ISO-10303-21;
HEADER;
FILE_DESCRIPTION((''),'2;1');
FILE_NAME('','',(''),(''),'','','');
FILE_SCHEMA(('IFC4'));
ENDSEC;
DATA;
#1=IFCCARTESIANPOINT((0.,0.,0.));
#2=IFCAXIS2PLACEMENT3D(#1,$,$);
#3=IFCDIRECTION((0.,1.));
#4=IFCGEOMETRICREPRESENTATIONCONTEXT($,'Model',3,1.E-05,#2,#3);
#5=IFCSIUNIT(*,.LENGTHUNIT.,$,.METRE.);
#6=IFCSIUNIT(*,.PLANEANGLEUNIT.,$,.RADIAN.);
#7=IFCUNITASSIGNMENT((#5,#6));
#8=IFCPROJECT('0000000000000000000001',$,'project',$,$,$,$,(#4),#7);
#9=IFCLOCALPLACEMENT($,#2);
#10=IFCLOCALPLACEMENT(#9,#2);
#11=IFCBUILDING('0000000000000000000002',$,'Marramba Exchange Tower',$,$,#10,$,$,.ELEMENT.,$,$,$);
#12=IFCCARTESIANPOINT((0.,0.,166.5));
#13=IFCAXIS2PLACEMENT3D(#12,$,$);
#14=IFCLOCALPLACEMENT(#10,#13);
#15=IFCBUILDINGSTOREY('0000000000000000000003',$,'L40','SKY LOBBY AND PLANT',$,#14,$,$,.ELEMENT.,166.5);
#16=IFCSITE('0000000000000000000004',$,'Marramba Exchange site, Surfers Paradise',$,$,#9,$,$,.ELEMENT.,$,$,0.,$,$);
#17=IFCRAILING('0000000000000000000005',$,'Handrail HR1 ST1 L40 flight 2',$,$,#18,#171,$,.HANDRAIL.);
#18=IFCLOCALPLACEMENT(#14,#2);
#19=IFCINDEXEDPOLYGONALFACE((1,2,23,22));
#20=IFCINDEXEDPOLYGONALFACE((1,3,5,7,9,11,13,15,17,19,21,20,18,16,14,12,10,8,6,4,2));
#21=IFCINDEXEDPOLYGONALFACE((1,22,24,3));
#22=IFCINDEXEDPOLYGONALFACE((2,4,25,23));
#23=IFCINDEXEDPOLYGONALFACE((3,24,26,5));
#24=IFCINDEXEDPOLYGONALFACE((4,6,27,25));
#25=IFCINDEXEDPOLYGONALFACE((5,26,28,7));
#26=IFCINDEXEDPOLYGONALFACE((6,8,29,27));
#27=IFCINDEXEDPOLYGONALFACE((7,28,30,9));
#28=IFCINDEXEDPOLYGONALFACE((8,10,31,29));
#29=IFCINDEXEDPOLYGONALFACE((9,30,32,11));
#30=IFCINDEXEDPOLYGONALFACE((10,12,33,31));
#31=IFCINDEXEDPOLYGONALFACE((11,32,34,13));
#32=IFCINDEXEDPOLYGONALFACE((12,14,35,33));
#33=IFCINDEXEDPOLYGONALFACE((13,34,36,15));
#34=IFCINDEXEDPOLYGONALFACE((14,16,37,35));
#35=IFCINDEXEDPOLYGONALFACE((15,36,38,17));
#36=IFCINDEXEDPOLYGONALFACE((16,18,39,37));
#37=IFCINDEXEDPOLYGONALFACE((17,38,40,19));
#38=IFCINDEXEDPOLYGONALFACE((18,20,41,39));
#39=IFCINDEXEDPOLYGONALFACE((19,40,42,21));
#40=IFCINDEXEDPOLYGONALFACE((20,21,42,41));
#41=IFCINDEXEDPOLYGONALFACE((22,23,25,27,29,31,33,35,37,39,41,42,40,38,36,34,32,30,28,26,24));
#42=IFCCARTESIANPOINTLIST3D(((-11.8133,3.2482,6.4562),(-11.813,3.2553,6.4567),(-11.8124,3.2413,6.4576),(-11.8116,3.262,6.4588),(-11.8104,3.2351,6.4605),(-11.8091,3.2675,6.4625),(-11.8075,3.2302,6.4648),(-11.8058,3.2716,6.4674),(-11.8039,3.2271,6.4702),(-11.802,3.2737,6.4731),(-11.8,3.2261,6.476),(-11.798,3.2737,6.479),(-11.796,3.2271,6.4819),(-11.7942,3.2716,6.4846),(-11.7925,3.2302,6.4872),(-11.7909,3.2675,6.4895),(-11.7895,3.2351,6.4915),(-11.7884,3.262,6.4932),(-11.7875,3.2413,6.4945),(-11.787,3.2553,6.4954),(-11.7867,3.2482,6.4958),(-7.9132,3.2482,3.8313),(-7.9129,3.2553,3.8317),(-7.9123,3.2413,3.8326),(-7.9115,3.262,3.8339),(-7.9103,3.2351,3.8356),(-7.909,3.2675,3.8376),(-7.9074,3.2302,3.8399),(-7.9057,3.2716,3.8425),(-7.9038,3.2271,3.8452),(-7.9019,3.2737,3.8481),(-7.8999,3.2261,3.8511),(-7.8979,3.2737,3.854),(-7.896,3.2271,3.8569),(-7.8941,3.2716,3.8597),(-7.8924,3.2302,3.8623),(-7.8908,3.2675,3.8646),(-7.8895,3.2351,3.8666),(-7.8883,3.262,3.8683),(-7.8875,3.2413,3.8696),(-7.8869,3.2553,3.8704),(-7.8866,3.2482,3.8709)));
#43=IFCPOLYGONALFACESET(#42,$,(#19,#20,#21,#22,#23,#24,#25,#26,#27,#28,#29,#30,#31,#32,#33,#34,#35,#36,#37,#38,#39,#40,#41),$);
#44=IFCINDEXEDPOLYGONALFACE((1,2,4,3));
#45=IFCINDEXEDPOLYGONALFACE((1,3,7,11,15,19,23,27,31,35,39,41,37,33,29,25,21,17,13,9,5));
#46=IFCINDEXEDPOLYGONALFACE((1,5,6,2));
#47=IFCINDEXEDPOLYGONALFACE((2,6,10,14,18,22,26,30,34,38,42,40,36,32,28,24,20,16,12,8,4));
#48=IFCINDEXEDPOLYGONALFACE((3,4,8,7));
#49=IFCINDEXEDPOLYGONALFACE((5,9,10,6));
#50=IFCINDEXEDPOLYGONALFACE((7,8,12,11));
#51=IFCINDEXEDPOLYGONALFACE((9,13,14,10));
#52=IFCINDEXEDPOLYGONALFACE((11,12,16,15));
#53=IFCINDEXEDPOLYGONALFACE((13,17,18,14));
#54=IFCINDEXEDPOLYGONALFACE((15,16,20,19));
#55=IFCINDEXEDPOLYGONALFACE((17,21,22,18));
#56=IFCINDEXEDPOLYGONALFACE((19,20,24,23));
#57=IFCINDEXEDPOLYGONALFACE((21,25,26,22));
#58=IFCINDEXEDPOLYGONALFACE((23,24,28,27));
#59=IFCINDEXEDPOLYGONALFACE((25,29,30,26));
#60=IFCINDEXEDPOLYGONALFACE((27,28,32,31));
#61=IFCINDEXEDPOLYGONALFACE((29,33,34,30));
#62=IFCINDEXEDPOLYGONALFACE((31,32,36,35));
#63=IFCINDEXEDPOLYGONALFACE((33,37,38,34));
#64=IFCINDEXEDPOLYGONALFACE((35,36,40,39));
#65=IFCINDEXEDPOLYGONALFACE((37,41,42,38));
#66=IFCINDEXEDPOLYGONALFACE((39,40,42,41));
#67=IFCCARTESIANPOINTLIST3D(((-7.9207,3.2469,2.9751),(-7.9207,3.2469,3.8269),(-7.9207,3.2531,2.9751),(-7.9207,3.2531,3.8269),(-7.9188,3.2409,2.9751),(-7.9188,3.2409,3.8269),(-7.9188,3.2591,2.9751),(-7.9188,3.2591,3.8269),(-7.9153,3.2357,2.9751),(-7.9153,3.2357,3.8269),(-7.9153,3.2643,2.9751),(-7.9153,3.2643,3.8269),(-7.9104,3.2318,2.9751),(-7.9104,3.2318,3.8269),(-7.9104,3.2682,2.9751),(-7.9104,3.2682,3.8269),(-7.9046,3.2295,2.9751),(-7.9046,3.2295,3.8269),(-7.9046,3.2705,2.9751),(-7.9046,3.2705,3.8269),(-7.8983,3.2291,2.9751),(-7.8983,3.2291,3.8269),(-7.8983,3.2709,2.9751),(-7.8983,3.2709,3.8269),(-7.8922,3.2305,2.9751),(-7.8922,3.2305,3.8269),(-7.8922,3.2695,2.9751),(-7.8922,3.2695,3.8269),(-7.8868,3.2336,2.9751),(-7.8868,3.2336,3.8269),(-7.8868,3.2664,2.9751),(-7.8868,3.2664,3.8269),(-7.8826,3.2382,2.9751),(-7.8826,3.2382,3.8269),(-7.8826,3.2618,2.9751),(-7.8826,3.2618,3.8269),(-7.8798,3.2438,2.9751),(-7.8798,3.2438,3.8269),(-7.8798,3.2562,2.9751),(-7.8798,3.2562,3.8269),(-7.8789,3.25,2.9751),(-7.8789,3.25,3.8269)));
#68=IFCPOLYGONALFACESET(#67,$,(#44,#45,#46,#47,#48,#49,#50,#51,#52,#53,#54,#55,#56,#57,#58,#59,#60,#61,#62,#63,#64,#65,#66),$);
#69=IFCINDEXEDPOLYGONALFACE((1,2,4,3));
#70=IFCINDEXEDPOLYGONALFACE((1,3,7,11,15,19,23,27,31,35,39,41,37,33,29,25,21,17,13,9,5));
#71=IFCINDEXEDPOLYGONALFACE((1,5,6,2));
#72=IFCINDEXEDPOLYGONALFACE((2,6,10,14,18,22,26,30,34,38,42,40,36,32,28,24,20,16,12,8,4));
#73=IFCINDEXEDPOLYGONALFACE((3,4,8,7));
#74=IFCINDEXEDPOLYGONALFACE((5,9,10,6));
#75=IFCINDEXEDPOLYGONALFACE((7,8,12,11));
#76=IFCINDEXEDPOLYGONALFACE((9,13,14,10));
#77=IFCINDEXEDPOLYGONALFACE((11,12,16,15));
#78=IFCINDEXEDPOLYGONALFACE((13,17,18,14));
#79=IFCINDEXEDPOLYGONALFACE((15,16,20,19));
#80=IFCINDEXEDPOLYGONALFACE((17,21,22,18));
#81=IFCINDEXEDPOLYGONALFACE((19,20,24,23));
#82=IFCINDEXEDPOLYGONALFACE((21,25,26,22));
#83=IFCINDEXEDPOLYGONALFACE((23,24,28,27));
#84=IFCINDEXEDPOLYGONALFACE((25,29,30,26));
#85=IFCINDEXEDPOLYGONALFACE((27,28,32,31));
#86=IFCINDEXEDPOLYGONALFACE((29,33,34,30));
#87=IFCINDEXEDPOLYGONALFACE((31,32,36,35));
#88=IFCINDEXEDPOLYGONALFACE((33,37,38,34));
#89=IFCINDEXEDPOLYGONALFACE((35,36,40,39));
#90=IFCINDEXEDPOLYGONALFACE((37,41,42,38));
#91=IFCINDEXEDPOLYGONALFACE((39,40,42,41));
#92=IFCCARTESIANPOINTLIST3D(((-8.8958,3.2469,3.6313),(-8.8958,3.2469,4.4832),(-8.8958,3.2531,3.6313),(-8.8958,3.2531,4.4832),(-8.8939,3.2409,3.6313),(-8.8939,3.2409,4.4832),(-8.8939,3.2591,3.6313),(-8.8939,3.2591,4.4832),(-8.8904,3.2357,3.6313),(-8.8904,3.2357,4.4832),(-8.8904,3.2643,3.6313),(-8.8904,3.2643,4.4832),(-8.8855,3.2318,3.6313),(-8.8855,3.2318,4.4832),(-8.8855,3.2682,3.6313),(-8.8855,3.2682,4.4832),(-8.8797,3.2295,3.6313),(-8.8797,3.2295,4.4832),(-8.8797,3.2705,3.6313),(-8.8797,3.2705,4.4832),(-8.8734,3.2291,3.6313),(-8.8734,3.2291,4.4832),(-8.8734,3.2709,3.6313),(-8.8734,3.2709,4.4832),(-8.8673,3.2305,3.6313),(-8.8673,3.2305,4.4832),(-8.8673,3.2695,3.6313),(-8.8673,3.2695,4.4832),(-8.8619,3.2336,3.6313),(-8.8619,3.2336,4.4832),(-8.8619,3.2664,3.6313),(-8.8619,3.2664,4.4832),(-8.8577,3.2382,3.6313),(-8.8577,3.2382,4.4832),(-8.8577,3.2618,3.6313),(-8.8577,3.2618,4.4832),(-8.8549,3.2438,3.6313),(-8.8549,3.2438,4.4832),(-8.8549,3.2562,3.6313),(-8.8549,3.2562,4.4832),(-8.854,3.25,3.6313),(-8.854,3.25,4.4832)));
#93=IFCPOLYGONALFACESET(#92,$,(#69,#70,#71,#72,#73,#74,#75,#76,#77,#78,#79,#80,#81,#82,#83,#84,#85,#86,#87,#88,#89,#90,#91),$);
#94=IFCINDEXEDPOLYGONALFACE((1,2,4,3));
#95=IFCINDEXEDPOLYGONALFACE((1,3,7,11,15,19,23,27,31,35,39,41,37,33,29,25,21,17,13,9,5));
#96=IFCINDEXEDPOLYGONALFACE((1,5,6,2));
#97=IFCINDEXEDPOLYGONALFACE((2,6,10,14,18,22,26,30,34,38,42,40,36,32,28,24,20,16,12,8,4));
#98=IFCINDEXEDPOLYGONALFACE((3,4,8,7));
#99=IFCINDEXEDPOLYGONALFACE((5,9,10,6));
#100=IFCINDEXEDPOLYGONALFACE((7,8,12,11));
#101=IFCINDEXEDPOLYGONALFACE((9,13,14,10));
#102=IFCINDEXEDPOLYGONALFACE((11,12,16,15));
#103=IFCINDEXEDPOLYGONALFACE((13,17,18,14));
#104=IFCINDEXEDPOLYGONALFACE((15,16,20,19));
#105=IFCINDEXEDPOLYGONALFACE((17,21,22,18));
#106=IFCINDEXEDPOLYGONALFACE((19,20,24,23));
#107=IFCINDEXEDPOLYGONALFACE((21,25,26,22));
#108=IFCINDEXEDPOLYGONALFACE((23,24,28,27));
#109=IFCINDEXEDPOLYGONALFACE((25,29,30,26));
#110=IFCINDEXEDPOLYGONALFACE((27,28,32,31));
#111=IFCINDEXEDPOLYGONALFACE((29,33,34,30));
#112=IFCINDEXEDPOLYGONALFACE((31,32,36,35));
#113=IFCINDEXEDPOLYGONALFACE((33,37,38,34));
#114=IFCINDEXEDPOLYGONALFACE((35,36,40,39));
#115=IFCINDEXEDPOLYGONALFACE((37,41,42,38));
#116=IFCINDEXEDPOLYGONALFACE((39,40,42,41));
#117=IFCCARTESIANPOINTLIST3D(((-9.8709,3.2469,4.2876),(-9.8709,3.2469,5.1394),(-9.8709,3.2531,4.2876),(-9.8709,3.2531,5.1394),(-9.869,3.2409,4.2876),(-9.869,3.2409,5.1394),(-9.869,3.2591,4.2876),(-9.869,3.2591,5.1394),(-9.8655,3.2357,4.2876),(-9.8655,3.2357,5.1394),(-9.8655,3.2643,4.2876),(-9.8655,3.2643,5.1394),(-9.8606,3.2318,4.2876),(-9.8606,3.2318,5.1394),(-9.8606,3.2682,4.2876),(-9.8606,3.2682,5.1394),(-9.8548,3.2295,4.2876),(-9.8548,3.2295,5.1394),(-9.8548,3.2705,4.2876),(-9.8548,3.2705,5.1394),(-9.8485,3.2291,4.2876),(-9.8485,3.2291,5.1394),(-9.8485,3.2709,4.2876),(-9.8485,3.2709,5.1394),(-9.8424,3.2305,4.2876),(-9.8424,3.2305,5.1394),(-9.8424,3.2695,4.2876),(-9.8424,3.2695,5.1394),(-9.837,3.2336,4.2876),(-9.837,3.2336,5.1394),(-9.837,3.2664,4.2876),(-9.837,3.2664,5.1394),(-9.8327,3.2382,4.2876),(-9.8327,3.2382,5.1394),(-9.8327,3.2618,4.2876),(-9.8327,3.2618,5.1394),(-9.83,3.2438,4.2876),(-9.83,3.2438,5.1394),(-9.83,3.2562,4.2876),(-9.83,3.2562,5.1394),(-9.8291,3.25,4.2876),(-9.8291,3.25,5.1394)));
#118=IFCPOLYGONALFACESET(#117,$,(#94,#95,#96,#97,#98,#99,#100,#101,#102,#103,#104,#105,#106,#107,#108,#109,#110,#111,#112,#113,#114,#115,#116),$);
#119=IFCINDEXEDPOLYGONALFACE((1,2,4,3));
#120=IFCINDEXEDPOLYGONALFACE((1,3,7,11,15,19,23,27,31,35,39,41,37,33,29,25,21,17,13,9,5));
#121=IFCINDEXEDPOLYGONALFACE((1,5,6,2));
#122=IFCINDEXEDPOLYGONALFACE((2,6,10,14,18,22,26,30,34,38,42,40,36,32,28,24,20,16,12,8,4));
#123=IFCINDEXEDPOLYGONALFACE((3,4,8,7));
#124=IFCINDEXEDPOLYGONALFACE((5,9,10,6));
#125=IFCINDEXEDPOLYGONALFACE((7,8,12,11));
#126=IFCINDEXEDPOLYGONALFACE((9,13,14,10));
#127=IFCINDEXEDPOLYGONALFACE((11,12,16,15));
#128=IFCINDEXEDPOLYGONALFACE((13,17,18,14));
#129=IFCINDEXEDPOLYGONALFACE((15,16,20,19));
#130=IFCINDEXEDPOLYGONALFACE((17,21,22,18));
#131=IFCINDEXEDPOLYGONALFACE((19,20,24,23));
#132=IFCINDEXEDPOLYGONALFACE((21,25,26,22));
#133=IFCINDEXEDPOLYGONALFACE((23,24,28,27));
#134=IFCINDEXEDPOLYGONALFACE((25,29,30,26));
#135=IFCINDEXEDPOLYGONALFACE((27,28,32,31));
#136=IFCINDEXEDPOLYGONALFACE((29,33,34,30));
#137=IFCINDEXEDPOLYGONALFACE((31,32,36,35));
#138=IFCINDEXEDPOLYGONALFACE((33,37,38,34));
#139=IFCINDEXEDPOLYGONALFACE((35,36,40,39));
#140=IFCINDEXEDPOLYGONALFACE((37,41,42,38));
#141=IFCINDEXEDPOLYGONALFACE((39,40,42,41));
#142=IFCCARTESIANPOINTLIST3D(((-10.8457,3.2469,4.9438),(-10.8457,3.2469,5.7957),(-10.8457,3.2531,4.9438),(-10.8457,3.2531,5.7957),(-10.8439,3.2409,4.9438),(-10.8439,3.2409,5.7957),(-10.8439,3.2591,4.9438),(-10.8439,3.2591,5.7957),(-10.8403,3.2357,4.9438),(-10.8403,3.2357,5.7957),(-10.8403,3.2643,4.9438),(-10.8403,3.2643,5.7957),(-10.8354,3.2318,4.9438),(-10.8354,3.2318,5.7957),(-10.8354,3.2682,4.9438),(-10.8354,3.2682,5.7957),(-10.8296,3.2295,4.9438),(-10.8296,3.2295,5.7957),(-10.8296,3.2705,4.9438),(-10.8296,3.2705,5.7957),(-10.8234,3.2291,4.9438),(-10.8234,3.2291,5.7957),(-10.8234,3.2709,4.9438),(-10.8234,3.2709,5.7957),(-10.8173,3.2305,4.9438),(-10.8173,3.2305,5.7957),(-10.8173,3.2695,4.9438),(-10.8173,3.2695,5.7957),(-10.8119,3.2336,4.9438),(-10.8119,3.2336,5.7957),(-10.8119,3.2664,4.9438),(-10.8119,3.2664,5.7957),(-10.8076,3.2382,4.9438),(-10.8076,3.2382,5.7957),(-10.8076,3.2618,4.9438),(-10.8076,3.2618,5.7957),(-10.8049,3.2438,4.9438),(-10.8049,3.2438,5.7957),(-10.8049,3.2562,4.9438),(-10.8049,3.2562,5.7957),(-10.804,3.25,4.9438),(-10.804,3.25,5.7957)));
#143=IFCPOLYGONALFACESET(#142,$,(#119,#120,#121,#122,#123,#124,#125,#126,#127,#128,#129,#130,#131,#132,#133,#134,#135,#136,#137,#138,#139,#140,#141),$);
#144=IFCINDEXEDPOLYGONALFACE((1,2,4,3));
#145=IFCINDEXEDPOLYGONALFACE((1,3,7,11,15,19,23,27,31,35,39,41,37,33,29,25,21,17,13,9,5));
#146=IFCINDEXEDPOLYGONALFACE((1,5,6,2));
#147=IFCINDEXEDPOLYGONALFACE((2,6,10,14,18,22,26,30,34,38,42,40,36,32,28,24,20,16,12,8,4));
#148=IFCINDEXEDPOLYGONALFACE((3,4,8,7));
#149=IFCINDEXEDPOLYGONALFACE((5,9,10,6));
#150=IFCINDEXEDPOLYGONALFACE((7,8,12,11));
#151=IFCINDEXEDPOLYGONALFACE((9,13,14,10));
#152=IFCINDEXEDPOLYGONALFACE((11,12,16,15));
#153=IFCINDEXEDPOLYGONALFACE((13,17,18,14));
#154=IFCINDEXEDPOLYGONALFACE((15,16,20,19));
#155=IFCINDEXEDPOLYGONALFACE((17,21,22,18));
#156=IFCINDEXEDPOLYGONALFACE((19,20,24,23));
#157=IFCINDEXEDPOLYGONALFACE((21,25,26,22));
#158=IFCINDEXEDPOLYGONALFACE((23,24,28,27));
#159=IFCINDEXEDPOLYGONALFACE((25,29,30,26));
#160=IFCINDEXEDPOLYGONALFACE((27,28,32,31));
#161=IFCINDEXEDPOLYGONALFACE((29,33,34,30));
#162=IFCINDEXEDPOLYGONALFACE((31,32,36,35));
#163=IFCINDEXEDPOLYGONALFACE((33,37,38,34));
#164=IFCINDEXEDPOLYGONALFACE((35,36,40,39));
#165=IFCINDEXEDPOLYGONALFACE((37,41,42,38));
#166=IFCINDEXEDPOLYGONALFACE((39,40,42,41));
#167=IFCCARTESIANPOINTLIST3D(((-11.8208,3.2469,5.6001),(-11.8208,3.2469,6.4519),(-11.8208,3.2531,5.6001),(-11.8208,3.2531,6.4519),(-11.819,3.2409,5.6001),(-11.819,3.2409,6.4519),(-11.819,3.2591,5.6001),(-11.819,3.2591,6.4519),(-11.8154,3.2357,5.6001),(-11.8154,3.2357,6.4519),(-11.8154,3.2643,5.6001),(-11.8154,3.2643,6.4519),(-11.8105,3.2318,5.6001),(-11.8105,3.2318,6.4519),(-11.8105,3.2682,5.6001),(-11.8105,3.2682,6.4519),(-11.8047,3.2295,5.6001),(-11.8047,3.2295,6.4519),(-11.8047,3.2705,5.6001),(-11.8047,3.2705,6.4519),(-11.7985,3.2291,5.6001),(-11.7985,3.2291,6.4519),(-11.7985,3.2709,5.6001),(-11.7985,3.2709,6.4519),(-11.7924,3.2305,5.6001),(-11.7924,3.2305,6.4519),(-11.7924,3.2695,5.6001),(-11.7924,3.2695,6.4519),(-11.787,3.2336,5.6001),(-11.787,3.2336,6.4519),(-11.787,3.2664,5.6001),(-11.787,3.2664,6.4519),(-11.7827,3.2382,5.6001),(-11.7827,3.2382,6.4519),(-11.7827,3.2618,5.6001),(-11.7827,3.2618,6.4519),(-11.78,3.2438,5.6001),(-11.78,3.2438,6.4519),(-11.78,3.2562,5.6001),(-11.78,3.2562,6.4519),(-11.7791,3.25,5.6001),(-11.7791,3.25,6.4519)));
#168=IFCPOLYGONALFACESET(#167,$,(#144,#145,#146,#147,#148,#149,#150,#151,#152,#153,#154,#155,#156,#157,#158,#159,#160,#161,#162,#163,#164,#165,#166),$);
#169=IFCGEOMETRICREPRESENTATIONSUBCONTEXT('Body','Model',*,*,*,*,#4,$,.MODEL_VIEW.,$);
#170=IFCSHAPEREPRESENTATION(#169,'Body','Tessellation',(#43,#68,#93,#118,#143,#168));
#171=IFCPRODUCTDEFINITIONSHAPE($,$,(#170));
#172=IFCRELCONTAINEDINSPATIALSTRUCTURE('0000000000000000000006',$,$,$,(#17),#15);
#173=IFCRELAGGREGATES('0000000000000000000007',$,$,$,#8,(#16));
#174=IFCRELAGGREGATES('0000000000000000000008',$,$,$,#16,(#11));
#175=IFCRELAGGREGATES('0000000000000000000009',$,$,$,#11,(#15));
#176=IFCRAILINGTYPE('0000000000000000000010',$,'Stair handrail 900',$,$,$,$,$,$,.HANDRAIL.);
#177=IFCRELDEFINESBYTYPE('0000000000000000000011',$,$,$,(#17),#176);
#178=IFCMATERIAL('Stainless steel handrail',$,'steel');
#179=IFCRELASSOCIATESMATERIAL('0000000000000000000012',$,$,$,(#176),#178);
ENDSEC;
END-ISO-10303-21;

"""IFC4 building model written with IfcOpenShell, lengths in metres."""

from ifc_helpers import new_model, si_unit, direction, frame, origin, origin_2d, place, context, subcontext, project, spatial, circle, extrude, material, type_object, element, save


model = new_model("IFC4")

# Units and contexts
model_context = context("Model", 3, precision=1e-05, world=origin(), true_north=direction((0.0, 1.0)))
body_context = subcontext(model_context, "Body", "Model", "MODEL_VIEW")
ifc_project = project(units=[si_unit("LENGTHUNIT", "METRE"), si_unit("PLANEANGLEUNIT", "RADIAN")], contexts=[model_context])

# Site, building, storey
site_placement = place(None, origin())
site = spatial("IfcSite", under=ifc_project, at=site_placement, Name="Marramba Exchange site, Surfers Paradise", CompositionType="ELEMENT", RefElevation=0.0)
building_placement = place(site_placement, origin())
building = spatial("IfcBuilding", under=site, at=building_placement, Name="Marramba Exchange Tower", CompositionType="ELEMENT")
storey_placement = place(building_placement, frame((0.0, 0.0, 166.5)))
storey = spatial("IfcBuildingStorey", under=building, at=storey_placement, Name="L40", Description="SKY LOBBY AND PLANT", CompositionType="ELEMENT", Elevation=166.5)

# Railing
ifc_material_1 = material(Name="Stainless steel handrail", Category="steel")
railing_type = type_object("IfcRailingType", Name="Stair handrail 900", PredefinedType="HANDRAIL", material=ifc_material_1)
railing_placement = place(storey_placement, frame((-7.8999, 3.25, 2.9751)))
element("IfcRailing", 1, at=railing_placement, inside=storey, type_object=railing_type, Name="Handrail HR1 ST1 L40 flight 2", PredefinedType="HANDRAIL", context=body_context, shape_type="SweptSolid", body=[
    extrude(circle(Radius=0.0239, at=origin_2d()), frame((0.0, 0.0, 0.876), z_axis=(-0.829597, 0.0, 0.558362), x_axis=(0.0, -1.0, 0.0)), (0.0, 0.0, 1.0), 4.7012),
    extrude(circle(Radius=0.021, at=origin_2d()), origin(), (0.0, 0.0, 1.0), 0.8518),
    extrude(circle(Radius=0.021, at=origin_2d()), frame((-0.9751, 0.0, 0.6562)), (0.0, 0.0, 1.0), 0.8518),
    extrude(circle(Radius=0.021, at=origin_2d()), frame((-1.9502, 0.0, 1.3125)), (0.0, 0.0, 1.0), 0.8518),
    extrude(circle(Radius=0.021, at=origin_2d()), frame((-2.925, 0.0, 1.9688)), (0.0, 0.0, 1.0), 0.8518),
    extrude(circle(Radius=0.021, at=origin_2d()), frame((-3.9001, 0.0, 2.625)), (0.0, 0.0, 1.0), 0.8518),
])

save(model, "model.ifc")
